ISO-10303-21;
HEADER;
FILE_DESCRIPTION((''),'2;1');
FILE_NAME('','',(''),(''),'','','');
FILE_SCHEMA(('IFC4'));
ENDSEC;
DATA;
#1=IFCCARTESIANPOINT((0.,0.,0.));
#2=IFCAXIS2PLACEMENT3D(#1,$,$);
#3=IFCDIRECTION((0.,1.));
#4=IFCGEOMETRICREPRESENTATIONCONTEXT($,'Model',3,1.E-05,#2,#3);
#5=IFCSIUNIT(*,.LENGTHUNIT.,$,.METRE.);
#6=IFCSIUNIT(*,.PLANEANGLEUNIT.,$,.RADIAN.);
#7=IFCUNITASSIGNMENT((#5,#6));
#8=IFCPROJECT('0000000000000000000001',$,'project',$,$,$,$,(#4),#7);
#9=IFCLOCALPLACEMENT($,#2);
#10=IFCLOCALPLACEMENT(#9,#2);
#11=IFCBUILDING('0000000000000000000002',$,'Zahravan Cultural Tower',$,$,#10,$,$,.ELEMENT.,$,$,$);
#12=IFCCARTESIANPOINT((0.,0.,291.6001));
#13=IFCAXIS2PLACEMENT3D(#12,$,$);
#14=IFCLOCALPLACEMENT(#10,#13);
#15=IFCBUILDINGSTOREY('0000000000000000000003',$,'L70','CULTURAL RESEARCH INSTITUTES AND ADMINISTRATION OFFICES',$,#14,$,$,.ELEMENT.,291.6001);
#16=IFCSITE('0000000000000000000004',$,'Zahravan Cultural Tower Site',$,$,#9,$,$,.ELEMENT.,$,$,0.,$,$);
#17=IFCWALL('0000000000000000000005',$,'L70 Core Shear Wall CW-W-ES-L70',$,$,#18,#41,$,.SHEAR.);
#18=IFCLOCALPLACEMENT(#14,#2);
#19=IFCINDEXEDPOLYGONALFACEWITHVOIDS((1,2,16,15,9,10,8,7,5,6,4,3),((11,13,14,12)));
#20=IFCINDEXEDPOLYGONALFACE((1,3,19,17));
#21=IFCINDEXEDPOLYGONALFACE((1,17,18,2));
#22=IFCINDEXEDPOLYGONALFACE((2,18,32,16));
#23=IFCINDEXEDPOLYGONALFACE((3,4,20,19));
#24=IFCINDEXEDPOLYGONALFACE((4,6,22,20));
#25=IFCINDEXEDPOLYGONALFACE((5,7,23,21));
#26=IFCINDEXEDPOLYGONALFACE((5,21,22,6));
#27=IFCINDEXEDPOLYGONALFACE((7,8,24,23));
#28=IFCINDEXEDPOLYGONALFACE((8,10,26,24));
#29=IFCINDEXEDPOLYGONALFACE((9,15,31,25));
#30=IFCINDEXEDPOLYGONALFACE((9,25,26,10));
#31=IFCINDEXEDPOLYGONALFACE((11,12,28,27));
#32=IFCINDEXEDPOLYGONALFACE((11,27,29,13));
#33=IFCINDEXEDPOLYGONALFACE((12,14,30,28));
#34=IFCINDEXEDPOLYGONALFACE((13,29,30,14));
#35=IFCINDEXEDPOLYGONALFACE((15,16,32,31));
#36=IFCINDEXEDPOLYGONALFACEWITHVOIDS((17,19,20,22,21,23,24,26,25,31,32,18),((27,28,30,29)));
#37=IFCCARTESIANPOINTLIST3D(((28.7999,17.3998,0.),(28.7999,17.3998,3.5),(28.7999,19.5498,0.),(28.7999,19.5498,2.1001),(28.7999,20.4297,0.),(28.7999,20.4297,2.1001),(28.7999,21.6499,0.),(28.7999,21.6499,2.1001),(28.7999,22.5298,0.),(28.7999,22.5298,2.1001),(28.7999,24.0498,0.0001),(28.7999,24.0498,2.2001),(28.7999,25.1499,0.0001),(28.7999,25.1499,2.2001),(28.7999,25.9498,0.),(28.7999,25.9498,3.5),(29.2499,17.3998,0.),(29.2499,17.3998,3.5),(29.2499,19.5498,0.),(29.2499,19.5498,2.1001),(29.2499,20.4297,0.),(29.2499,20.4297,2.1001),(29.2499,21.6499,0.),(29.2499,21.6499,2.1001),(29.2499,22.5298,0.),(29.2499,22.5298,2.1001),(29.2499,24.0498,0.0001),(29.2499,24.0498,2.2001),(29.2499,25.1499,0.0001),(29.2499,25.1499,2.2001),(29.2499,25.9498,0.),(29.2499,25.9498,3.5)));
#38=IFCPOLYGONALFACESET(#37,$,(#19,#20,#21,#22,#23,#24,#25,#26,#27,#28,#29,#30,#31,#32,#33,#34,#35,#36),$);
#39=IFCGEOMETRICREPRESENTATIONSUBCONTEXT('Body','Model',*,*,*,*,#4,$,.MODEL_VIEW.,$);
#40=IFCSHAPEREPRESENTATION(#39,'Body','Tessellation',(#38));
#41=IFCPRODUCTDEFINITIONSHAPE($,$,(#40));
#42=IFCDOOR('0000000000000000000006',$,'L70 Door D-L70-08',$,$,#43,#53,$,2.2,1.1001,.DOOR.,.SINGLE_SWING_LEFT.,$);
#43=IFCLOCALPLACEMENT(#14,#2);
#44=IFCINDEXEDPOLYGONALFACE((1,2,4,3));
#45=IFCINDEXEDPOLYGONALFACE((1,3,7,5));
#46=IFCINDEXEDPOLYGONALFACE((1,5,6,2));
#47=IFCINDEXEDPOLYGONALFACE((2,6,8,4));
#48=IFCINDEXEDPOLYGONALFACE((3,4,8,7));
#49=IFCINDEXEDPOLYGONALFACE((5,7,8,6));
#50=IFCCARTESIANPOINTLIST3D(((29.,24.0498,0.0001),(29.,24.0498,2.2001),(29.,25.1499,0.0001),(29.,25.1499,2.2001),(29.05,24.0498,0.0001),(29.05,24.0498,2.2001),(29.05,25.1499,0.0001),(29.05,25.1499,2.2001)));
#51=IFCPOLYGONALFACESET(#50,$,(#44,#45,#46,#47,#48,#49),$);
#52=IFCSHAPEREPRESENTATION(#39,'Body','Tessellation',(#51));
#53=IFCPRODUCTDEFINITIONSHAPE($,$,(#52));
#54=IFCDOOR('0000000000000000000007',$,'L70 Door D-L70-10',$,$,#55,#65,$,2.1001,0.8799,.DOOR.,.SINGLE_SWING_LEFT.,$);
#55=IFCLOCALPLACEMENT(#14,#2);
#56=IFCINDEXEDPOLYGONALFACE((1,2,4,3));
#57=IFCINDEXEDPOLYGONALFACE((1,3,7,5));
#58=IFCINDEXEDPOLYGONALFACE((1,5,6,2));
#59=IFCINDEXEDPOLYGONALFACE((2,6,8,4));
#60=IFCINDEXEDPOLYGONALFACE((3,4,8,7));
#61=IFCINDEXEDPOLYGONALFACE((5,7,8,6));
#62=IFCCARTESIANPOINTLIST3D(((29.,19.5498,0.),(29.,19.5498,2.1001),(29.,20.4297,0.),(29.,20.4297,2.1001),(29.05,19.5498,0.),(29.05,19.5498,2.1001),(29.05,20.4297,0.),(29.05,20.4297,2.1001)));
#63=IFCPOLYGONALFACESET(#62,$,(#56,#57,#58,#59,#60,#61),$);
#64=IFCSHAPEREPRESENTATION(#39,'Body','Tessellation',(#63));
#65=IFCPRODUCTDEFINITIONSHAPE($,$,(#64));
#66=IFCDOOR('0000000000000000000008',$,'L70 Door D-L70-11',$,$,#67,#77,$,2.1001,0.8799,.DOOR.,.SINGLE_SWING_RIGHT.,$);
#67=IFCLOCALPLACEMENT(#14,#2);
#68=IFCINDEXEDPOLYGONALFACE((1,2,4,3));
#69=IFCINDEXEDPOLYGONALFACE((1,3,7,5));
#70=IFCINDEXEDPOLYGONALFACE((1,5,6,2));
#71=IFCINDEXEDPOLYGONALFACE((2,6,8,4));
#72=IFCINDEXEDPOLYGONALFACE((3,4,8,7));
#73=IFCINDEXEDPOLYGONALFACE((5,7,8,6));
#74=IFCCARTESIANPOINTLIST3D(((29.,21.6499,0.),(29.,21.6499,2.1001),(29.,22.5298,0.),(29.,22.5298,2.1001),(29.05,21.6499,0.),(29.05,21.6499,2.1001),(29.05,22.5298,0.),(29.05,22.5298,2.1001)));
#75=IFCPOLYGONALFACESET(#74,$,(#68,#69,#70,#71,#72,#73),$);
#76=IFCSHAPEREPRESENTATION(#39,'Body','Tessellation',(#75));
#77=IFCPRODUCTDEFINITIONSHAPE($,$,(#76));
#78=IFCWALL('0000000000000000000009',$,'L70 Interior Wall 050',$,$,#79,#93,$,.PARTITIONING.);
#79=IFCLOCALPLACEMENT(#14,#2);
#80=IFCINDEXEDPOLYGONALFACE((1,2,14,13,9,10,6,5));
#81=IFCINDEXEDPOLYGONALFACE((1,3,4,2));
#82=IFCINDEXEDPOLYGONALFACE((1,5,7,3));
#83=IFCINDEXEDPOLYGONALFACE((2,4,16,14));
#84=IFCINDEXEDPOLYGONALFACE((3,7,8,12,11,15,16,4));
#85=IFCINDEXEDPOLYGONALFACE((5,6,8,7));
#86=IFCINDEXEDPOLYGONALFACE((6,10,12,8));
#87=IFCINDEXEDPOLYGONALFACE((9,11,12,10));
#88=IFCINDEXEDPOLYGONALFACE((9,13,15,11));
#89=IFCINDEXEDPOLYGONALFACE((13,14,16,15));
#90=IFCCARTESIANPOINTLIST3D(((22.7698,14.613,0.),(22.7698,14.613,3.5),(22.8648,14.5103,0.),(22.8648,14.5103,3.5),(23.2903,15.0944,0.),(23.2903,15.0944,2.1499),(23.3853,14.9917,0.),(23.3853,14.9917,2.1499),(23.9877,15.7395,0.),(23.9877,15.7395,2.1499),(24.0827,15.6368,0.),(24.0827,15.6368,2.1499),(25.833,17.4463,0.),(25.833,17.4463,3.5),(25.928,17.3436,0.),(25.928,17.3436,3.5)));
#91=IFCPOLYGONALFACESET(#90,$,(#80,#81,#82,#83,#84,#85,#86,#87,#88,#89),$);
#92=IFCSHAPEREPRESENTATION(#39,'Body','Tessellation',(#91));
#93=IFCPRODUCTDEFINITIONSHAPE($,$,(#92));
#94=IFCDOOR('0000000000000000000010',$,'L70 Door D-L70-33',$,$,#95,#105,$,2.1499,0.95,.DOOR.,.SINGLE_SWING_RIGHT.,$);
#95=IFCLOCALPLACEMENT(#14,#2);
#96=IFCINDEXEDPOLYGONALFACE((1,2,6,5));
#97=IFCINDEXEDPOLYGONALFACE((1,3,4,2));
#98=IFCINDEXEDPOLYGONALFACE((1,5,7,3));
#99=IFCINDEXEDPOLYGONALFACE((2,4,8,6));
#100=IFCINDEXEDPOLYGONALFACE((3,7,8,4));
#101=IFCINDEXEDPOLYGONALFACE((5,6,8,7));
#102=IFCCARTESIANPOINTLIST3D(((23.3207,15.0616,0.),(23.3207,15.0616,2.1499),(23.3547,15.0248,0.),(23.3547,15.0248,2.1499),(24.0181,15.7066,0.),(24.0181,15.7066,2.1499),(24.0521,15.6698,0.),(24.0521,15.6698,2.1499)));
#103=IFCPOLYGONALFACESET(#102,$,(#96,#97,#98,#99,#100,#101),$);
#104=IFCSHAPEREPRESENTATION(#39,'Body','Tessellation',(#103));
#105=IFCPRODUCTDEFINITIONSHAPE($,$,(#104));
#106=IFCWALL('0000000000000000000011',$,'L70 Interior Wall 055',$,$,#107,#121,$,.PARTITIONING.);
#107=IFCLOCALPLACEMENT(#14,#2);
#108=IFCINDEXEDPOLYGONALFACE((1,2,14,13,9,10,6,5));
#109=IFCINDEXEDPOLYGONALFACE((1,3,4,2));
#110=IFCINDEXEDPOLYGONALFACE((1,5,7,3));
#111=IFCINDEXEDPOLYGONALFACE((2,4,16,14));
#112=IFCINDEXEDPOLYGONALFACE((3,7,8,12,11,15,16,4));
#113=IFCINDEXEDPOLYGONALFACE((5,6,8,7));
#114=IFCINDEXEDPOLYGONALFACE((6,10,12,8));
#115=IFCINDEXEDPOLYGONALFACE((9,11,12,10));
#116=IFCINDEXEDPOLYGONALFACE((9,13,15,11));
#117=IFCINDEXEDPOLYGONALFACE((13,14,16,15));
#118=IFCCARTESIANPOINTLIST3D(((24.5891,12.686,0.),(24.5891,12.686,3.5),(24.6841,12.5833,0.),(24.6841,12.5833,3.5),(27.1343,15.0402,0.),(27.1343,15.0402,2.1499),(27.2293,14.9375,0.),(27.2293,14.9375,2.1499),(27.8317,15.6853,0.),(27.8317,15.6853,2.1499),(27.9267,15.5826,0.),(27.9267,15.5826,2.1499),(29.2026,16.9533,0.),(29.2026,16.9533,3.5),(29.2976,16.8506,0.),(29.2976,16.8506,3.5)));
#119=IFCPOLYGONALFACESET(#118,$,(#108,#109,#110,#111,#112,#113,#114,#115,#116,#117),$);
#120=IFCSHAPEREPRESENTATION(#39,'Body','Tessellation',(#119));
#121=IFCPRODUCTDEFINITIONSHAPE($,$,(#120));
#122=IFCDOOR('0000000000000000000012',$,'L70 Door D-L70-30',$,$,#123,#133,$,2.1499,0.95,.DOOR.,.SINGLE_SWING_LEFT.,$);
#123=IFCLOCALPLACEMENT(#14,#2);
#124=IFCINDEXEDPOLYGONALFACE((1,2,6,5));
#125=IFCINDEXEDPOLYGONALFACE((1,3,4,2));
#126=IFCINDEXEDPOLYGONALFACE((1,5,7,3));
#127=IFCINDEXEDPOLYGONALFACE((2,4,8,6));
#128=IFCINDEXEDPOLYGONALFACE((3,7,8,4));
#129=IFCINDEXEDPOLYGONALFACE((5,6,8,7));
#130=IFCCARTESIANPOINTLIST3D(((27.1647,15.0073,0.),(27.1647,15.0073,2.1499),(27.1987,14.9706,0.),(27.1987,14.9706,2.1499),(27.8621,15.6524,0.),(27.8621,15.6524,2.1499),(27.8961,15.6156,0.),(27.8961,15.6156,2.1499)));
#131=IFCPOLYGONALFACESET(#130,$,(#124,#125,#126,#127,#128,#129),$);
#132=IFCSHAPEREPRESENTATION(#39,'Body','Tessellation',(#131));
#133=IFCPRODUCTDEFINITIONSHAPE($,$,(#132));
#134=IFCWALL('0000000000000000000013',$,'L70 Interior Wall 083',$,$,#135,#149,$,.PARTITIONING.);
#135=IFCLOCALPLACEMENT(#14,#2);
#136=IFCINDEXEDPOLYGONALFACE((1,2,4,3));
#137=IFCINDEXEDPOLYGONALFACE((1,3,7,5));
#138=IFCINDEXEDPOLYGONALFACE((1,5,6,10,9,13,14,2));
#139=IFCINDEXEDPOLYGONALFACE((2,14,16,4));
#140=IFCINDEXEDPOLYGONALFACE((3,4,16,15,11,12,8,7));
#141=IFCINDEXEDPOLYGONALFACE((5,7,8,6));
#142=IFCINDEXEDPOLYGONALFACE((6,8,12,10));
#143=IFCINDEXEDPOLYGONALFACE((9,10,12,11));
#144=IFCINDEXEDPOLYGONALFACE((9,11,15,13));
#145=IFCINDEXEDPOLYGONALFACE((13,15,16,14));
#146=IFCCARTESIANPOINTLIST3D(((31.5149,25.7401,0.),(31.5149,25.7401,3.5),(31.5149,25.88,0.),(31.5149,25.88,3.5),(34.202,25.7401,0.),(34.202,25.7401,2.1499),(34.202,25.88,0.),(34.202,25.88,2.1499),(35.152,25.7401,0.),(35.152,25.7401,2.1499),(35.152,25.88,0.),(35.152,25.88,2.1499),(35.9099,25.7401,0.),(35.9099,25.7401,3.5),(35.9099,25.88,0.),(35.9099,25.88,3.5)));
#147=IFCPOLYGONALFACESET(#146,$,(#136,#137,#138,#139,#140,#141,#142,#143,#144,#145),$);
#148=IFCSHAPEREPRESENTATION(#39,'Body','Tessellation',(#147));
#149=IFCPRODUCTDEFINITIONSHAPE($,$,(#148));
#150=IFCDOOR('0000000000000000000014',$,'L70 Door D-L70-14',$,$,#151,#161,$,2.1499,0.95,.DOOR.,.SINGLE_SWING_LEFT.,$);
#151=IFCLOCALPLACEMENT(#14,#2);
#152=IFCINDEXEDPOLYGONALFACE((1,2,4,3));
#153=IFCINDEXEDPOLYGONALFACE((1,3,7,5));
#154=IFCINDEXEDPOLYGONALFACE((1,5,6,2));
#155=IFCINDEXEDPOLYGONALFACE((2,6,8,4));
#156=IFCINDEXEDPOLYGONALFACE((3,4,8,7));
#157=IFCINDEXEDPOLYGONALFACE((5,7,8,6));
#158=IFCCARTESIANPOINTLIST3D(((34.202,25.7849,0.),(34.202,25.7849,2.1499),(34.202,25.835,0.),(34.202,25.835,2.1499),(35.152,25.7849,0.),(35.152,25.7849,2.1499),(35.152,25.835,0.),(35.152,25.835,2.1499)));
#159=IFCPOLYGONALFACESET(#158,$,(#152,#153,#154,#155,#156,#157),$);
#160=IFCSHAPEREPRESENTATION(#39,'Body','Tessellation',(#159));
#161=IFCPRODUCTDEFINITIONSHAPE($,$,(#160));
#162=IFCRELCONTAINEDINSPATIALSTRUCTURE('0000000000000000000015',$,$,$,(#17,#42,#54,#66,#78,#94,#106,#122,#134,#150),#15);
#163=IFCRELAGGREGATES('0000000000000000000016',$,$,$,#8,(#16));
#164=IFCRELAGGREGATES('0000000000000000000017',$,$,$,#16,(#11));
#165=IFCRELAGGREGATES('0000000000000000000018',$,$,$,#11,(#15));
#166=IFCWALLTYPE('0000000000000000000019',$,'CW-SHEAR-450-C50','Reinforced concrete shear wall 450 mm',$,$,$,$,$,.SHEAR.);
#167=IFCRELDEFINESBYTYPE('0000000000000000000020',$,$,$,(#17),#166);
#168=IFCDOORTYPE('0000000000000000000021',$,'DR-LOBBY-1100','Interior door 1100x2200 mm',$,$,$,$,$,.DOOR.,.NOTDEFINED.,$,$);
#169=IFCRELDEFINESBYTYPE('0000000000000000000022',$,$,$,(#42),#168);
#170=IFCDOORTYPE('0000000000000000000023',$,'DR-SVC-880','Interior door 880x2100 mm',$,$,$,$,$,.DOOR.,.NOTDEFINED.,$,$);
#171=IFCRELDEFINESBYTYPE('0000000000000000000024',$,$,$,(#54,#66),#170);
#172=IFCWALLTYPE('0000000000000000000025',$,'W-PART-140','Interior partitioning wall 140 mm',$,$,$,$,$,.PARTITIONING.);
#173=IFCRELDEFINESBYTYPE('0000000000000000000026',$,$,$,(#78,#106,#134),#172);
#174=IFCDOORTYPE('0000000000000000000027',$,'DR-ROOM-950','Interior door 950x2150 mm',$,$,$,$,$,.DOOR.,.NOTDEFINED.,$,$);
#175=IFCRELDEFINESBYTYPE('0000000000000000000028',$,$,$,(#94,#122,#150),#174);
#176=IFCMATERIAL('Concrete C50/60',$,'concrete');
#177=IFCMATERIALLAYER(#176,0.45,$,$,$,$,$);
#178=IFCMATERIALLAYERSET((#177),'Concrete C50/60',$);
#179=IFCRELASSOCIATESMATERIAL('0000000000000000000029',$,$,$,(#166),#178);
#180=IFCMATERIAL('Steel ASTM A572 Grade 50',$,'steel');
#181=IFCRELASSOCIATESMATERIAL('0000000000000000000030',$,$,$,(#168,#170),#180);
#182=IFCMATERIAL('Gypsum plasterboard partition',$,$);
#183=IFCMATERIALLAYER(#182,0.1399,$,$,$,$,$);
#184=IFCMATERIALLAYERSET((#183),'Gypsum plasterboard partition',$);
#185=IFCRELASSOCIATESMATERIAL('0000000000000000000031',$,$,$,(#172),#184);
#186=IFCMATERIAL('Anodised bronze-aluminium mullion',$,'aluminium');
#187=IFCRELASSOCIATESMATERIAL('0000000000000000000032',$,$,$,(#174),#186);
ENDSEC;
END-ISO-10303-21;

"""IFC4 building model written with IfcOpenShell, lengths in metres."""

from ifc_helpers import new_model, si_unit, direction, frame, frame_2d, origin, place, context, subcontext, project, spatial, rectangle, extrude, source, transform, mapped, material, layer, layer_set, type_object, element, fill, save


model = new_model("IFC4")

# Units and contexts
model_context = context("Model", 3, precision=1e-05, world=origin(), true_north=direction((0.0, 1.0)))
body_context = subcontext(model_context, "Body", "Model", "MODEL_VIEW")
ifc_project = project(units=[si_unit("LENGTHUNIT", "METRE"), si_unit("PLANEANGLEUNIT", "RADIAN")], contexts=[model_context])

# Site, building, storey
site_placement = place(None, origin())
site = spatial("IfcSite", under=ifc_project, at=site_placement, Name="Zahravan Cultural Tower Site", CompositionType="ELEMENT", RefElevation=0.0)
building_placement = place(site_placement, origin())
building = spatial("IfcBuilding", under=site, at=building_placement, Name="Zahravan Cultural Tower", CompositionType="ELEMENT")
storey_placement = place(building_placement, frame((0.0, 0.0, 291.6001)))
storey = spatial("IfcBuildingStorey", under=building, at=storey_placement, Name="L70", Description="CULTURAL RESEARCH INSTITUTES AND ADMINISTRATION OFFICES", CompositionType="ELEMENT", Elevation=291.6001)

# Shared definitions
ifc_material_1 = material(Name="Concrete C50/60", Category="concrete")

# Wall, openings, doors
ifc_layer_1 = layer(ifc_material_1, 0.45)
ifc_layer_set_1 = layer_set([ifc_layer_1], Name="Concrete C50/60")
wall_type_1 = type_object("IfcWallType", Name="CW-SHEAR-450-C50", Description="Reinforced concrete shear wall 450 mm", PredefinedType="SHEAR", material=ifc_layer_set_1)
wall_1_placement = place(storey_placement, frame((29.0249, 17.3999, 0.0), z_axis=(0.0, 0.0, 1.0), x_axis=(0.0, 1.0, 0.0)))
wall_1 = element("IfcWall", 1, at=wall_1_placement, inside=storey, type_object=wall_type_1, Name="L70 Core Shear Wall CW-W-ES-L70", PredefinedType="SHEAR", context=body_context, shape_type="SweptSolid", body=[
    extrude(rectangle(XDim=8.55, YDim=0.45, at=frame_2d((4.2749, 0.0))), origin(), (0.0, 0.0, 1.0), 3.5),
])
opening_1_placement = place(wall_1_placement, frame((6.6499, 0.0, 0.0)))
opening_1 = element("IfcOpeningElement", 2, at=opening_1_placement, cuts=wall_1, PredefinedType="OPENING", context=body_context, shape_type="SweptSolid", body=[
    extrude(rectangle(XDim=1.1001, YDim=2.2, at=frame_2d((0.55, 1.1001))), frame((0.0, 0.2349, 0.0), z_axis=(0.0, -1.0, 0.0), x_axis=(1.0, 0.0, 0.0)), (0.0, 0.0, 1.0), 0.47),
])
opening_2_placement = place(wall_1_placement, frame((2.1499, 0.0, 0.0)))
opening_2 = element("IfcOpeningElement", 3, at=opening_2_placement, cuts=wall_1, PredefinedType="OPENING", context=body_context, shape_type="SweptSolid", body=[
    extrude(rectangle(XDim=0.8799, YDim=2.1001, at=frame_2d((0.4399, 1.05))), frame((0.0, 0.2349, 0.0), z_axis=(0.0, -1.0, 0.0), x_axis=(1.0, 0.0, 0.0)), (0.0, 0.0, 1.0), 0.47),
])
opening_3_placement = place(wall_1_placement, frame((4.25, 0.0, 0.0)))
opening_3 = element("IfcOpeningElement", 4, at=opening_3_placement, cuts=wall_1, PredefinedType="OPENING", context=body_context, shape_type="SweptSolid", body=[
    extrude(rectangle(XDim=0.8799, YDim=2.1001, at=frame_2d((0.4399, 1.05))), frame((0.0, 0.2349, 0.0), z_axis=(0.0, -1.0, 0.0), x_axis=(1.0, 0.0, 0.0)), (0.0, 0.0, 1.0), 0.47),
])
ifc_material_2 = material(Name="Steel ASTM A572 Grade 50", Category="steel")
door_type_1 = type_object("IfcDoorType", Name="DR-LOBBY-1100", Description="Interior door 1100x2200 mm", OperationType="NOTDEFINED", PredefinedType="DOOR", material=ifc_material_2)
shared_shape_1 = source(origin(), body_context, "Body", "SweptSolid", [
    extrude(rectangle(XDim=1.1001, YDim=2.2, at=frame_2d((0.55, 1.1001))), frame((0.0, 0.0249, 0.0), z_axis=(0.0, -1.0, 0.0), x_axis=(1.0, 0.0, 0.0)), (0.0, 0.0, 1.0), 0.05),
])
door_1_placement = place(opening_1_placement, origin())
door_1 = element("IfcDoor", 5, at=door_1_placement, inside=storey, type_object=door_type_1, Name="L70 Door D-L70-08", OperationType="SINGLE_SWING_LEFT", OverallHeight=2.2, OverallWidth=1.1001, PredefinedType="DOOR", context=body_context, shape_type="MappedRepresentation", body=[
    mapped(shared_shape_1, transform((0.0, 0.0, 0.0), x_axis=(1.0, 0.0, 0.0), y_axis=(0.0, 1.0, 0.0), z_axis=(0.0, 0.0, 1.0), scale=1.0)),
])
fill(opening_1, door_1)
door_type_2 = type_object("IfcDoorType", Name="DR-SVC-880", Description="Interior door 880x2100 mm", OperationType="NOTDEFINED", PredefinedType="DOOR", material=ifc_material_2)
shared_shape_2 = source(origin(), body_context, "Body", "SweptSolid", [
    extrude(rectangle(XDim=0.8799, YDim=2.1001, at=frame_2d((0.4399, 1.05))), frame((0.0, 0.0249, 0.0), z_axis=(0.0, -1.0, 0.0), x_axis=(1.0, 0.0, 0.0)), (0.0, 0.0, 1.0), 0.05),
])
door_2_placement = place(opening_2_placement, origin())
door_2 = element("IfcDoor", 6, at=door_2_placement, inside=storey, type_object=door_type_2, Name="L70 Door D-L70-10", OperationType="SINGLE_SWING_LEFT", OverallHeight=2.1001, OverallWidth=0.8799, PredefinedType="DOOR", context=body_context, shape_type="MappedRepresentation", body=[
    mapped(shared_shape_2, transform((0.0, 0.0, 0.0), x_axis=(1.0, 0.0, 0.0), y_axis=(0.0, 1.0, 0.0), z_axis=(0.0, 0.0, 1.0), scale=1.0)),
])
fill(opening_2, door_2)
door_3_placement = place(opening_3_placement, origin())
door_3 = element("IfcDoor", 7, at=door_3_placement, inside=storey, type_object=door_type_2, Name="L70 Door D-L70-11", OperationType="SINGLE_SWING_RIGHT", OverallHeight=2.1001, OverallWidth=0.8799, PredefinedType="DOOR", context=body_context, shape_type="MappedRepresentation", body=[
    mapped(shared_shape_2, transform((0.0, 0.0, 0.0), x_axis=(1.0, 0.0, 0.0), y_axis=(0.0, 1.0, 0.0), z_axis=(0.0, 0.0, 1.0), scale=1.0)),
])
fill(opening_3, door_3)

# Walls, openings, doors
ifc_material_3 = material(Name="Gypsum plasterboard partition")
ifc_layer_2 = layer(ifc_material_3, 0.1399)
ifc_layer_set_2 = layer_set([ifc_layer_2], Name="Gypsum plasterboard partition")
wall_type_2 = type_object("IfcWallType", Name="W-PART-140", Description="Interior partitioning wall 140 mm", PredefinedType="PARTITIONING", material=ifc_layer_set_2)
wall_2_placement = place(storey_placement, frame((25.8806, 17.395, 0.0), z_axis=(0.0, 0.0, 1.0), x_axis=(-0.734128, -0.679011, 0.0)))
wall_2 = element("IfcWall", 8, at=wall_2_placement, inside=storey, type_object=wall_type_2, Name="L70 Interior Wall 050", PredefinedType="PARTITIONING", context=body_context, shape_type="SweptSolid", body=[
    extrude(rectangle(XDim=4.1726, YDim=0.1399, at=frame_2d((2.0864, 0.0))), origin(), (0.0, 0.0, 1.0), 3.5),
])
opening_4_placement = place(wall_2_placement, frame((2.5137, 0.0, 0.0)))
opening_4 = element("IfcOpeningElement", 9, at=opening_4_placement, cuts=wall_2, PredefinedType="OPENING", context=body_context, shape_type="SweptSolid", body=[
    extrude(rectangle(XDim=0.95, YDim=2.1499, at=frame_2d((0.4751, 1.075))), frame((0.0, 0.0798, 0.0), z_axis=(0.0, -1.0, 0.0), x_axis=(1.0, 0.0, 0.0)), (0.0, 0.0, 1.0), 0.1599),
])
ifc_material_4 = material(Name="Anodised bronze-aluminium mullion", Category="aluminium")
door_type_3 = type_object("IfcDoorType", Name="DR-ROOM-950", Description="Interior door 950x2150 mm", OperationType="NOTDEFINED", PredefinedType="DOOR", material=ifc_material_4)
shared_shape_3 = source(origin(), body_context, "Body", "SweptSolid", [
    extrude(rectangle(XDim=0.95, YDim=2.1499, at=frame_2d((0.4751, 1.075))), frame((0.0, 0.0249, 0.0), z_axis=(0.0, -1.0, 0.0), x_axis=(1.0, 0.0, 0.0)), (0.0, 0.0, 1.0), 0.05),
])
door_4_placement = place(opening_4_placement, origin())
door_4 = element("IfcDoor", 10, at=door_4_placement, inside=storey, type_object=door_type_3, Name="L70 Door D-L70-33", OperationType="SINGLE_SWING_RIGHT", OverallHeight=2.1499, OverallWidth=0.95, PredefinedType="DOOR", context=body_context, shape_type="MappedRepresentation", body=[
    mapped(shared_shape_3, transform((0.0, 0.0, 0.0), x_axis=(1.0, 0.0, 0.0), y_axis=(0.0, 1.0, 0.0), z_axis=(0.0, 0.0, 1.0), scale=1.0)),
])
fill(opening_4, door_4)
wall_3_placement = place(storey_placement, frame((29.25, 16.9019, 0.0), z_axis=(0.0, 0.0, 1.0), x_axis=(-0.734113, -0.679027, 0.0)))
wall_3 = element("IfcWall", 11, at=wall_3_placement, inside=storey, type_object=wall_type_2, Name="L70 Interior Wall 055", PredefinedType="PARTITIONING", context=body_context, shape_type="SweptSolid", body=[
    extrude(rectangle(XDim=6.2844, YDim=0.1399, at=frame_2d((3.1421, 0.0))), origin(), (0.0, 0.0, 1.0), 3.5),
])
opening_5_placement = place(wall_3_placement, frame((1.8672, 0.0, 0.0)))
opening_5 = element("IfcOpeningElement", 12, at=opening_5_placement, cuts=wall_3, PredefinedType="OPENING", context=body_context, shape_type="SweptSolid", body=[
    extrude(rectangle(XDim=0.95, YDim=2.1499, at=frame_2d((0.4751, 1.075))), frame((0.0, 0.0798, 0.0), z_axis=(0.0, -1.0, 0.0), x_axis=(1.0, 0.0, 0.0)), (0.0, 0.0, 1.0), 0.1599),
])
door_5_placement = place(opening_5_placement, origin())
door_5 = element("IfcDoor", 13, at=door_5_placement, inside=storey, type_object=door_type_3, Name="L70 Door D-L70-30", OperationType="SINGLE_SWING_LEFT", OverallHeight=2.1499, OverallWidth=0.95, PredefinedType="DOOR", context=body_context, shape_type="MappedRepresentation", body=[
    mapped(shared_shape_3, transform((0.0, 0.0, 0.0), x_axis=(1.0, 0.0, 0.0), y_axis=(0.0, 1.0, 0.0), z_axis=(0.0, 0.0, 1.0), scale=1.0)),
])
fill(opening_5, door_5)
wall_4_placement = place(storey_placement, frame((31.5149, 25.8101, 0.0), z_axis=(0.0, 0.0, 1.0), x_axis=(1.0, 0.0, 0.0)))
wall_4 = element("IfcWall", 14, at=wall_4_placement, inside=storey, type_object=wall_type_2, Name="L70 Interior Wall 083", PredefinedType="PARTITIONING", context=body_context, shape_type="SweptSolid", body=[
    extrude(rectangle(XDim=4.395, YDim=0.1399, at=frame_2d((2.1975, 0.0))), origin(), (0.0, 0.0, 1.0), 3.5),
])
opening_6_placement = place(wall_4_placement, frame((2.687, 0.0, 0.0)))
opening_6 = element("IfcOpeningElement", 15, at=opening_6_placement, cuts=wall_4, PredefinedType="OPENING", context=body_context, shape_type="SweptSolid", body=[
    extrude(rectangle(XDim=0.95, YDim=2.1499, at=frame_2d((0.4751, 1.075))), frame((0.0, 0.0798, 0.0), z_axis=(0.0, -1.0, 0.0), x_axis=(1.0, 0.0, 0.0)), (0.0, 0.0, 1.0), 0.1599),
])
door_6_placement = place(opening_6_placement, origin())
door_6 = element("IfcDoor", 16, at=door_6_placement, inside=storey, type_object=door_type_3, Name="L70 Door D-L70-14", OperationType="SINGLE_SWING_LEFT", OverallHeight=2.1499, OverallWidth=0.95, PredefinedType="DOOR", context=body_context, shape_type="MappedRepresentation", body=[
    mapped(shared_shape_3, transform((0.0, 0.0, 0.0), x_axis=(1.0, 0.0, 0.0), y_axis=(0.0, 1.0, 0.0), z_axis=(0.0, 0.0, 1.0), scale=1.0)),
])
fill(opening_6, door_6)

save(model, "model.ifc")
